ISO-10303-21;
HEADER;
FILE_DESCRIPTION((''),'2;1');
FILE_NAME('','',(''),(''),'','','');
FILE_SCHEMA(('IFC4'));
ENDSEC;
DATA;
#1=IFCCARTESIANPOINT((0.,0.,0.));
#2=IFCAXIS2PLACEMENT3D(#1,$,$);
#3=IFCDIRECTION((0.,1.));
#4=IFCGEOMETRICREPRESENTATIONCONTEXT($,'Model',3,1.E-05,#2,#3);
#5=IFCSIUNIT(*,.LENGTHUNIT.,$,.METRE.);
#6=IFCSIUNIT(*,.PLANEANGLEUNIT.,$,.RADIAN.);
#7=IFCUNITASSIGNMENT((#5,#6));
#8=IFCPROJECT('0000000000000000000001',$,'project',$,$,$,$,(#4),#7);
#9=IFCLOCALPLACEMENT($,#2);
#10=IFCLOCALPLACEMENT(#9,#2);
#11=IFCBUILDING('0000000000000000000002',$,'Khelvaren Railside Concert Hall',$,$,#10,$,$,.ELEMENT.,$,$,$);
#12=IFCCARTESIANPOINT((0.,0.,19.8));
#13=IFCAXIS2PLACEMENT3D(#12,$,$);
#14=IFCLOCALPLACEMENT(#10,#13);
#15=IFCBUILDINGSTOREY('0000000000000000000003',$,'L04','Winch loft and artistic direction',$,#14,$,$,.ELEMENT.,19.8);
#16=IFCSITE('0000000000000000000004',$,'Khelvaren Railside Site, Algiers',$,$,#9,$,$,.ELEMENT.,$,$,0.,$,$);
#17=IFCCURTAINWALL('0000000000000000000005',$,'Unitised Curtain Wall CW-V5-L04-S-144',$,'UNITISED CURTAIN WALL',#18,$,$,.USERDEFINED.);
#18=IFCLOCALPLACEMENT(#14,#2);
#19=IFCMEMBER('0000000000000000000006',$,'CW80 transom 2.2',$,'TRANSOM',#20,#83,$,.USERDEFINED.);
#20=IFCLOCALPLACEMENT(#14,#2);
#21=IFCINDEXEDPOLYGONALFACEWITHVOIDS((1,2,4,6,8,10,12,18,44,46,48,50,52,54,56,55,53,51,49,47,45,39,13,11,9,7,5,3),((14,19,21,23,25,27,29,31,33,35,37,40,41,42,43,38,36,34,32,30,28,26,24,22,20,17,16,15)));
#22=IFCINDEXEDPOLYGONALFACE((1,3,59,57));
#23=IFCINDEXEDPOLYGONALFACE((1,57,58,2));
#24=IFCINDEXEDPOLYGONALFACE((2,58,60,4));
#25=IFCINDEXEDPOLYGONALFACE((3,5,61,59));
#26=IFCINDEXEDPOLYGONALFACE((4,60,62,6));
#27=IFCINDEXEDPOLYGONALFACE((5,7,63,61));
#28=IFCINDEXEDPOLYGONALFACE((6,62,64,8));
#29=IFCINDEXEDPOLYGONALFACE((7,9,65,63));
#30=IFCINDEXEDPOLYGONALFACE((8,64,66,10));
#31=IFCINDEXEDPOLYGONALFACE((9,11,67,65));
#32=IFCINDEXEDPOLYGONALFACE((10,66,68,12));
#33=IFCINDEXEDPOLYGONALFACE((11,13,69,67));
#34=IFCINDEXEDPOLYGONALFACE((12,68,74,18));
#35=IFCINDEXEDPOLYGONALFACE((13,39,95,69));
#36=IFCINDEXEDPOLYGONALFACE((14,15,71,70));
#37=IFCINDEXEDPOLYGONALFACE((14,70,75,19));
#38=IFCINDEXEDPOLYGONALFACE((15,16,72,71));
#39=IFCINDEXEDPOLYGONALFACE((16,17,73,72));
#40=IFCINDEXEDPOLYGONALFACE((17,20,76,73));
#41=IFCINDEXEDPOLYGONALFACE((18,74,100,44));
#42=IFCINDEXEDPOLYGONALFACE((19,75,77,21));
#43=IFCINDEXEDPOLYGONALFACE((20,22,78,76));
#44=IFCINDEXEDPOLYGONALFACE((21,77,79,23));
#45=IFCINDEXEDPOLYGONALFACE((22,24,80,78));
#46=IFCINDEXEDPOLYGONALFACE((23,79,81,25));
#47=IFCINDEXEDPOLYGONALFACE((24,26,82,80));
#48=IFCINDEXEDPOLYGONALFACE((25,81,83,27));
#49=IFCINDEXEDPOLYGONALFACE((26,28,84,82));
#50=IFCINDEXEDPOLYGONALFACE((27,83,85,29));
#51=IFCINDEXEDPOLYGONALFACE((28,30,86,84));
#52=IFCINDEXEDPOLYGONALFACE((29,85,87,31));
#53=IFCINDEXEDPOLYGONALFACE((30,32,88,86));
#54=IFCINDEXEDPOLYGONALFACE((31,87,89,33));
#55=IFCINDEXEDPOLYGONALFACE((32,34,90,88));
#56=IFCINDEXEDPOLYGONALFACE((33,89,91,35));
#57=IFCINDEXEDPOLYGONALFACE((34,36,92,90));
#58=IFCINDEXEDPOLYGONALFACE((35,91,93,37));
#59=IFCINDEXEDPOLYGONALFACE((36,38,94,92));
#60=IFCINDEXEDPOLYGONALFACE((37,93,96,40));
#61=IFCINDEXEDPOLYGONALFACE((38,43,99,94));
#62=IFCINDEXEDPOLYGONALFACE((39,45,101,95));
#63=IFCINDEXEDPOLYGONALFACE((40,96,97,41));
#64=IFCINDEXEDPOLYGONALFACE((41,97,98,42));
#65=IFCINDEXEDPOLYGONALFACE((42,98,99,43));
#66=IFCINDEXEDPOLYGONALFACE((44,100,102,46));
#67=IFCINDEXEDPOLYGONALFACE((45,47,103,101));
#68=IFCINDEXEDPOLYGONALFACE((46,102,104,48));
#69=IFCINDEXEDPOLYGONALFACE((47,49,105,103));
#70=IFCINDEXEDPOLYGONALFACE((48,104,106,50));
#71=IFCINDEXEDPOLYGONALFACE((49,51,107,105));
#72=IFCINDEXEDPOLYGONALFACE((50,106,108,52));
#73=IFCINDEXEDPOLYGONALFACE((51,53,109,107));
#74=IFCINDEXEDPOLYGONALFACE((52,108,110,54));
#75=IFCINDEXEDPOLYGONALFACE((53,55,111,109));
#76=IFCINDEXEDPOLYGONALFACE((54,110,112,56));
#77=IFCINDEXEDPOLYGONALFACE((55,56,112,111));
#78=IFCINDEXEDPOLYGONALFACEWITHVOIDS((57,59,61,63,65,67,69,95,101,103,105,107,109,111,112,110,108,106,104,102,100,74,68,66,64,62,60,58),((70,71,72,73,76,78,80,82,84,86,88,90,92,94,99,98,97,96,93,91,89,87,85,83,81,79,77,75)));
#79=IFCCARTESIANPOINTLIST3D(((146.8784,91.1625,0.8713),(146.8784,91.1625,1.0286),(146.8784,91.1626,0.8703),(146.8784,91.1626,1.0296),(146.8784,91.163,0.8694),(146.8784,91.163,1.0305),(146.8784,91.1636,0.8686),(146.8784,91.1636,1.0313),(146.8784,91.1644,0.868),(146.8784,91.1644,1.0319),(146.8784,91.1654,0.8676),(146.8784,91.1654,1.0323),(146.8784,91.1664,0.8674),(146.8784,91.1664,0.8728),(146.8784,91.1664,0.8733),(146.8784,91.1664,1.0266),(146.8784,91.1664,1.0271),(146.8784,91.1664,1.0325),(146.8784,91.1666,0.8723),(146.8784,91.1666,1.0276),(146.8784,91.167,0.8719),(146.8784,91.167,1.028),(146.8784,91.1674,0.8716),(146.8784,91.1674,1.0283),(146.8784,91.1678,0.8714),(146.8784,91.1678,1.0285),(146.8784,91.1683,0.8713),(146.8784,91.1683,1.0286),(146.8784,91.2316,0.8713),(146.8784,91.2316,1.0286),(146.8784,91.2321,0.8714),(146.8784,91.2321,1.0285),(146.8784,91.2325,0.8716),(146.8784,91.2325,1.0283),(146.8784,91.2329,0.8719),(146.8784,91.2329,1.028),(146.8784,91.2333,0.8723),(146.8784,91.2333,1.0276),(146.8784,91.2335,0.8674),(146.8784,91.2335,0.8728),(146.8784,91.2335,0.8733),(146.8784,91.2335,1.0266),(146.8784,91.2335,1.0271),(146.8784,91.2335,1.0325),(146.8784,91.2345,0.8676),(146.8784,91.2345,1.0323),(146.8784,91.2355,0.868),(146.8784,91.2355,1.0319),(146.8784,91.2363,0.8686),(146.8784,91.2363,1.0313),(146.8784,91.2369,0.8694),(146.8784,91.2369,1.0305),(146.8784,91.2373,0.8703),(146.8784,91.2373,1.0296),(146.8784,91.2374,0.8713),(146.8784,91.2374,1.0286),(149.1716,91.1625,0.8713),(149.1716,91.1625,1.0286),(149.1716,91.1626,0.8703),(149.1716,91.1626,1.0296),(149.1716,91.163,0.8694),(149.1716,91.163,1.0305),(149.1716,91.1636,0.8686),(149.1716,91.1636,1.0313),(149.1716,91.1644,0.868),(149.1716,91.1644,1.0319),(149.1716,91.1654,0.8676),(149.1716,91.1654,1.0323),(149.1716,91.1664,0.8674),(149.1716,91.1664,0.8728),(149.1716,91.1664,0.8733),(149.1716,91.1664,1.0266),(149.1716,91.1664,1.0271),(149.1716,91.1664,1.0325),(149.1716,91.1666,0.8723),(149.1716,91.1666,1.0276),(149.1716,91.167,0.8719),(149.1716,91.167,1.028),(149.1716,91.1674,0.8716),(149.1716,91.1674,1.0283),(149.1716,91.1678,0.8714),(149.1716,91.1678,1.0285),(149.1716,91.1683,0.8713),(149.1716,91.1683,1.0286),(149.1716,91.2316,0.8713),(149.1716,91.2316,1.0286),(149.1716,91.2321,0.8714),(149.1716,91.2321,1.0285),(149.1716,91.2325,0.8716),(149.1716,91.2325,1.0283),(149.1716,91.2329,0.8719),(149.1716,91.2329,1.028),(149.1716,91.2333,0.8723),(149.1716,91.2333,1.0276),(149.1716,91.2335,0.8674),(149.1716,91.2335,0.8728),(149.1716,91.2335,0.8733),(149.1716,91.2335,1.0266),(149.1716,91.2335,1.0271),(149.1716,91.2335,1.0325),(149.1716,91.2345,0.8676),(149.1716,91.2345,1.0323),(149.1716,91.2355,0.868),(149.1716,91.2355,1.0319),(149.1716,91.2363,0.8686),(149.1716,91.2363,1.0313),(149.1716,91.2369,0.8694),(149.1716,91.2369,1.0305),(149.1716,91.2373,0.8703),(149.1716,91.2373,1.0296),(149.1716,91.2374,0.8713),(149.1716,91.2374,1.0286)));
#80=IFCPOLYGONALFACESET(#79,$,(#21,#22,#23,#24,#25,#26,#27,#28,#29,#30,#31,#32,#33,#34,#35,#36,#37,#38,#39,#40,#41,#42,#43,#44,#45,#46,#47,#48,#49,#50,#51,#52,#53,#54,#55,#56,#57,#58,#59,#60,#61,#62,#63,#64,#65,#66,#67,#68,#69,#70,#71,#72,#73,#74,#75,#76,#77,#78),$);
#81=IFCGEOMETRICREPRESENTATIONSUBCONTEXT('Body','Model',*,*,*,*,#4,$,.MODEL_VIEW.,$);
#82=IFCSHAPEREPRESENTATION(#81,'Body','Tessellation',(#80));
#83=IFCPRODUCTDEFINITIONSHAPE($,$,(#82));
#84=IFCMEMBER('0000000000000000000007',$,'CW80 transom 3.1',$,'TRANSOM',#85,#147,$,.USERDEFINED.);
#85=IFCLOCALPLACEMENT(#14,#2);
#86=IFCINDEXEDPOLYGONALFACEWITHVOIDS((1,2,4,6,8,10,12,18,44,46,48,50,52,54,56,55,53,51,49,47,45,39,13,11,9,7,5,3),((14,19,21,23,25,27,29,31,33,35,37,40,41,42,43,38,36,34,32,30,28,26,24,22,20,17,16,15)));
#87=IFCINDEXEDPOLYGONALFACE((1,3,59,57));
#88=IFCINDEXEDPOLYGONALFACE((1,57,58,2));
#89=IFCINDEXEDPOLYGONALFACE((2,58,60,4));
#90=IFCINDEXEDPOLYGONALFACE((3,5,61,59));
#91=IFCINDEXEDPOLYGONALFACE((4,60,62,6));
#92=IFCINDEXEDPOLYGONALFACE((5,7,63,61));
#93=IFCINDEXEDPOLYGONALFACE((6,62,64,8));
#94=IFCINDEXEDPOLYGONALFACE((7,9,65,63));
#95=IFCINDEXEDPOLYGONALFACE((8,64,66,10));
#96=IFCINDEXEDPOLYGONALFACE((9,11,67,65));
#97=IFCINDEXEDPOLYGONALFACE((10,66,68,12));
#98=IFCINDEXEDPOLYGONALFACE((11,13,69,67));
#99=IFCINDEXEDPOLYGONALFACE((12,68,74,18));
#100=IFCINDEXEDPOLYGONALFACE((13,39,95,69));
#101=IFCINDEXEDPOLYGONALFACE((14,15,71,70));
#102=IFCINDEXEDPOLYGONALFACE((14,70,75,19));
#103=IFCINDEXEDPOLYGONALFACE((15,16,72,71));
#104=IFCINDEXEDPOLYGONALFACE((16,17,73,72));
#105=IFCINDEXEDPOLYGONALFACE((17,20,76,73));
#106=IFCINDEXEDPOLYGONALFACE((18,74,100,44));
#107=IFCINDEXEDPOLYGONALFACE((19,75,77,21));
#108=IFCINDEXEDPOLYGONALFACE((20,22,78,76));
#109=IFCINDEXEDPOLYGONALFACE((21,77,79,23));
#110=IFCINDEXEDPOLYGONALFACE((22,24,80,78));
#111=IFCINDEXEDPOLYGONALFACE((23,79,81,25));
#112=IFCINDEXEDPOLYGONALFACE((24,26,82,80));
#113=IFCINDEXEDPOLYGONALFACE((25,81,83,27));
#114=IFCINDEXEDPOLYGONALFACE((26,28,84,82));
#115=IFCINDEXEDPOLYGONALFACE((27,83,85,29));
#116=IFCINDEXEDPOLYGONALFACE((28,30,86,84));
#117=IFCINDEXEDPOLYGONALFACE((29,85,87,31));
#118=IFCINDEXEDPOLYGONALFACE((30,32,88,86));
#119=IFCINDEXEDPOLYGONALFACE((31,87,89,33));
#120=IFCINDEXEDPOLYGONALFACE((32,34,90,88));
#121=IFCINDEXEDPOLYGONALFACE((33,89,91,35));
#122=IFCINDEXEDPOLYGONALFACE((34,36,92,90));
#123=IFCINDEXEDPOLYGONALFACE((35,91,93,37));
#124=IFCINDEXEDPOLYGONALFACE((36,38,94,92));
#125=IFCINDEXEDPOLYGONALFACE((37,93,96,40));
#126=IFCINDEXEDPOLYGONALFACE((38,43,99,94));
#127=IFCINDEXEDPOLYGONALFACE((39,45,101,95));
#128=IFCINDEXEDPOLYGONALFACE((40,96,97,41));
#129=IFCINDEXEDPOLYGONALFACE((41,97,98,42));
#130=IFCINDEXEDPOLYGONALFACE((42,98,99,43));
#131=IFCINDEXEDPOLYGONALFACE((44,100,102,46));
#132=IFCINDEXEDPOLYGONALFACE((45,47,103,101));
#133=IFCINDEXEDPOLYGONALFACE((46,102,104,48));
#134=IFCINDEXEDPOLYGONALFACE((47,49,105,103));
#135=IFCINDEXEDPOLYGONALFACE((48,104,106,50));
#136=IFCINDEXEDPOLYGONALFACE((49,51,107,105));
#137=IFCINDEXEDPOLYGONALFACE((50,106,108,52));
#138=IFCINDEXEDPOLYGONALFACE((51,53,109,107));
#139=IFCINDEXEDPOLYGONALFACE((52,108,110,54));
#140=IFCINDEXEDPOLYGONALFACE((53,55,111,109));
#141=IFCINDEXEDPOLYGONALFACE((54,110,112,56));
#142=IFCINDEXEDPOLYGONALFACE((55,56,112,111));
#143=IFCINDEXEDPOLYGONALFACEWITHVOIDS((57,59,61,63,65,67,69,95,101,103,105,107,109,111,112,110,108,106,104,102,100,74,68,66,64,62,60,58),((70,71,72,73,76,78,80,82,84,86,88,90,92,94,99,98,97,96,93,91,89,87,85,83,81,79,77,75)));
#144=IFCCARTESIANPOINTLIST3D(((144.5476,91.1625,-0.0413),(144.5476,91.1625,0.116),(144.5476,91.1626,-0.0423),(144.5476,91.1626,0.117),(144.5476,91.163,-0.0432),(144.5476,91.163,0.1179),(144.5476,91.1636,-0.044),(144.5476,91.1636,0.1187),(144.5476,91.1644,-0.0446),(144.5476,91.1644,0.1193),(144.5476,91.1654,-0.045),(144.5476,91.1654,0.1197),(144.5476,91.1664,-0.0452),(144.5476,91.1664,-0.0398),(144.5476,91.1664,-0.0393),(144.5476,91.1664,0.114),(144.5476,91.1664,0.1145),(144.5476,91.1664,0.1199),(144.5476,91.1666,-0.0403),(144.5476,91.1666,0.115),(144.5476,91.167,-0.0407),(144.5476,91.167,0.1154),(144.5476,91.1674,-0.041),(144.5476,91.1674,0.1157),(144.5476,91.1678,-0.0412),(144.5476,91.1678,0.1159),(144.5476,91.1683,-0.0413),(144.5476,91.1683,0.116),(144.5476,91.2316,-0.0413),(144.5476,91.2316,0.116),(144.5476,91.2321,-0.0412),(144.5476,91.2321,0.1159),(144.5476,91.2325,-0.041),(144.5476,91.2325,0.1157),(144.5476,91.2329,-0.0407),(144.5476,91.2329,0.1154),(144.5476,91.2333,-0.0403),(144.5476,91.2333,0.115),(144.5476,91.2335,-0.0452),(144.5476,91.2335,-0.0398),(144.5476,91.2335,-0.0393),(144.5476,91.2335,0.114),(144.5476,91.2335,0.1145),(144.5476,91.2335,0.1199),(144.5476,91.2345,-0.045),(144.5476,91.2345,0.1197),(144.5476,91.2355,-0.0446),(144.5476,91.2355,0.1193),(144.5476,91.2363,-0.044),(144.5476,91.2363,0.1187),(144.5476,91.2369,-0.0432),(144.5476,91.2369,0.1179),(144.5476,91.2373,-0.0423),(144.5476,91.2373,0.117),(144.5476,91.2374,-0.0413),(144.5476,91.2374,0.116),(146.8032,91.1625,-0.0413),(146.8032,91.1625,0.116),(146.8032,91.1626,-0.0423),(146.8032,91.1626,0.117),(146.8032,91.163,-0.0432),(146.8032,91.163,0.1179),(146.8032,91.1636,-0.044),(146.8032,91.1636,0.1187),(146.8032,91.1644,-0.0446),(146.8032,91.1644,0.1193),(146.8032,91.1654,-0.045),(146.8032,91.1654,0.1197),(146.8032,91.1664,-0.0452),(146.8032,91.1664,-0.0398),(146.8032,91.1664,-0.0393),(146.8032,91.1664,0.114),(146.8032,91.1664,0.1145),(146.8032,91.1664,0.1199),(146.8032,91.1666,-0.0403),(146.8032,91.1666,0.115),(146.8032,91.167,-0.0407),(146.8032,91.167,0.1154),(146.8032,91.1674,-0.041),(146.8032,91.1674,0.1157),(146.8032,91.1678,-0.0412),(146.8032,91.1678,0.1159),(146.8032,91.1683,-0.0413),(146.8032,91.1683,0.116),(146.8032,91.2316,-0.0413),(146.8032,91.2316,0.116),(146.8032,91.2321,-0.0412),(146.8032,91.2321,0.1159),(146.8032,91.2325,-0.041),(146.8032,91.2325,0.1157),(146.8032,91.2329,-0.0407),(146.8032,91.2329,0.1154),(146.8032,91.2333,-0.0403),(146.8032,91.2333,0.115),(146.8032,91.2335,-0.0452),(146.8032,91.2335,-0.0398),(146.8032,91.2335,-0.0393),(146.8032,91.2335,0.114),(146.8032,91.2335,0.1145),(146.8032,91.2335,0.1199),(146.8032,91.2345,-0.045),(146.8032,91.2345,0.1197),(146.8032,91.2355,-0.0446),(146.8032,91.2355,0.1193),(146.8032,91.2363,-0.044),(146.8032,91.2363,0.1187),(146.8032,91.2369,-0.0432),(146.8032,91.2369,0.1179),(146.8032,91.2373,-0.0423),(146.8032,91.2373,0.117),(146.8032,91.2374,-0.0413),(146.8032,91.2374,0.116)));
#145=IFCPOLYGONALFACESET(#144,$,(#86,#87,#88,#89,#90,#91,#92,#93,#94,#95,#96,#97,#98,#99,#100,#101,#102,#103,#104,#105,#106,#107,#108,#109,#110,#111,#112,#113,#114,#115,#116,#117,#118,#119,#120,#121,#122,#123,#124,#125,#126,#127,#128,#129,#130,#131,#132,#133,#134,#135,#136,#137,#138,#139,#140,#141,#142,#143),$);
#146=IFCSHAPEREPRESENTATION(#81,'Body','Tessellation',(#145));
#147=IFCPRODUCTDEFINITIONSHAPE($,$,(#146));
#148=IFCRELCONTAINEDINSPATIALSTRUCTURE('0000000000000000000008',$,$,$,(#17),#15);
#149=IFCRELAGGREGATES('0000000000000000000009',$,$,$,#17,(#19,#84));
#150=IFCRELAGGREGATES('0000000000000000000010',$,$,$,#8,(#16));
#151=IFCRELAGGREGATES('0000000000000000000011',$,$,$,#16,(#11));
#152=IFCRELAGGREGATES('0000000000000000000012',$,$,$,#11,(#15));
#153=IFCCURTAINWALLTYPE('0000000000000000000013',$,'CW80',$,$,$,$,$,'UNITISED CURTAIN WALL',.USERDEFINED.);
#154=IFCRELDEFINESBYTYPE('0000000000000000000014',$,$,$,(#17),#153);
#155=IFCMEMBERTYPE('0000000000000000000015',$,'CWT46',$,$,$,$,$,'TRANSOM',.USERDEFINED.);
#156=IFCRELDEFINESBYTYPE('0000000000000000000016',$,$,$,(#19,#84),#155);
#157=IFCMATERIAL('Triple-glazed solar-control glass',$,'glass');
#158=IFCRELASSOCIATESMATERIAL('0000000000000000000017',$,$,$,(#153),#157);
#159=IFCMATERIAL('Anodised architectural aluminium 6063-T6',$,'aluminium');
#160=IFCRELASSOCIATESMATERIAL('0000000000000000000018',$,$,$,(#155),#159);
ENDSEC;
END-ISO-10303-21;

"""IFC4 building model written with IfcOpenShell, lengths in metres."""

from ifc_helpers import new_model, si_unit, direction, frame, origin, origin_2d, place, context, subcontext, project, spatial, hollow_rectangle, extrude, material, material_profile, profile_set, type_object, element, aggregate, save


model = new_model("IFC4")

# Units and contexts
model_context = context("Model", 3, precision=1e-05, world=origin(), true_north=direction((0.0, 1.0)))
body_context = subcontext(model_context, "Body", "Model", "MODEL_VIEW")
ifc_project = project(units=[si_unit("LENGTHUNIT", "METRE"), si_unit("PLANEANGLEUNIT", "RADIAN")], contexts=[model_context])

# Site, building, storey
site_placement = place(None, origin())
site = spatial("IfcSite", under=ifc_project, at=site_placement, Name="Khelvaren Railside Site, Algiers", CompositionType="ELEMENT", RefElevation=0.0)
building_placement = place(site_placement, origin())
building = spatial("IfcBuilding", under=site, at=building_placement, Name="Khelvaren Railside Concert Hall", CompositionType="ELEMENT")
storey_placement = place(building_placement, frame((0.0, 0.0, 19.8)))
storey = spatial("IfcBuildingStorey", under=building, at=storey_placement, Name="L04", Description="Winch loft and artistic direction", CompositionType="ELEMENT", Elevation=19.8)

# Curtain wall
ifc_material_1 = material(Name="Triple-glazed solar-control glass", Category="glass")
ifc_material_2 = material(Name="Anodised architectural aluminium 6063-T6", Category="aluminium")
curtain_wall_type_1 = type_object("IfcCurtainWallType", Name="CW80", ElementType="UNITISED CURTAIN WALL", PredefinedType="USERDEFINED", material=ifc_material_1)
curtain_wall_1_placement = place(storey_placement, origin())
curtain_wall_1 = element("IfcCurtainWall", 1, at=curtain_wall_1_placement, inside=storey, type_object=curtain_wall_type_1, Name="Unitised Curtain Wall CW-V5-L04-S-144", ObjectType="UNITISED CURTAIN WALL", PredefinedType="USERDEFINED")

# Members
ifc_material_profile_1 = material_profile(ifc_material_2, hollow_rectangle(XDim=0.075, YDim=0.165, WallThickness=0.0039, InnerFilletRadius=0.002, OuterFilletRadius=0.0039, at=origin_2d()), Name="CWT 75x165x4")
ifc_profile_set_1 = profile_set([ifc_material_profile_1], Name="Anodised architectural aluminium 6063-T6")
member_type_1 = type_object("IfcMemberType", Name="CWT46", ElementType="TRANSOM", PredefinedType="USERDEFINED", material=ifc_profile_set_1)
member_1_placement = place(storey_placement, frame((149.1716, 91.2, 0.95), z_axis=(-1.0, 0.0, 0.0), x_axis=(0.0, -1.0, 0.0)))
member_1 = element("IfcMember", 2, at=member_1_placement, type_object=member_type_1, Name="CW80 transom 2.2", ObjectType="TRANSOM", PredefinedType="USERDEFINED", context=body_context, shape_type="SweptSolid", body=[
    extrude(hollow_rectangle(XDim=0.075, YDim=0.165, WallThickness=0.0039, InnerFilletRadius=0.002, OuterFilletRadius=0.0039, at=origin_2d()), origin(), (0.0, 0.0, 1.0), 2.2932),
])
member_2_placement = place(storey_placement, frame((146.8032, 91.2, 0.0374), z_axis=(-1.0, 0.0, 0.0), x_axis=(0.0, -1.0, 0.0)))
member_2 = element("IfcMember", 3, at=member_2_placement, type_object=member_type_1, Name="CW80 transom 3.1", ObjectType="TRANSOM", PredefinedType="USERDEFINED", context=body_context, shape_type="SweptSolid", body=[
    extrude(hollow_rectangle(XDim=0.075, YDim=0.165, WallThickness=0.0039, InnerFilletRadius=0.002, OuterFilletRadius=0.0039, at=origin_2d()), origin(), (0.0, 0.0, 1.0), 2.2556),
])

aggregate(curtain_wall_1, [member_1, member_2])

save(model, "model.ifc")
